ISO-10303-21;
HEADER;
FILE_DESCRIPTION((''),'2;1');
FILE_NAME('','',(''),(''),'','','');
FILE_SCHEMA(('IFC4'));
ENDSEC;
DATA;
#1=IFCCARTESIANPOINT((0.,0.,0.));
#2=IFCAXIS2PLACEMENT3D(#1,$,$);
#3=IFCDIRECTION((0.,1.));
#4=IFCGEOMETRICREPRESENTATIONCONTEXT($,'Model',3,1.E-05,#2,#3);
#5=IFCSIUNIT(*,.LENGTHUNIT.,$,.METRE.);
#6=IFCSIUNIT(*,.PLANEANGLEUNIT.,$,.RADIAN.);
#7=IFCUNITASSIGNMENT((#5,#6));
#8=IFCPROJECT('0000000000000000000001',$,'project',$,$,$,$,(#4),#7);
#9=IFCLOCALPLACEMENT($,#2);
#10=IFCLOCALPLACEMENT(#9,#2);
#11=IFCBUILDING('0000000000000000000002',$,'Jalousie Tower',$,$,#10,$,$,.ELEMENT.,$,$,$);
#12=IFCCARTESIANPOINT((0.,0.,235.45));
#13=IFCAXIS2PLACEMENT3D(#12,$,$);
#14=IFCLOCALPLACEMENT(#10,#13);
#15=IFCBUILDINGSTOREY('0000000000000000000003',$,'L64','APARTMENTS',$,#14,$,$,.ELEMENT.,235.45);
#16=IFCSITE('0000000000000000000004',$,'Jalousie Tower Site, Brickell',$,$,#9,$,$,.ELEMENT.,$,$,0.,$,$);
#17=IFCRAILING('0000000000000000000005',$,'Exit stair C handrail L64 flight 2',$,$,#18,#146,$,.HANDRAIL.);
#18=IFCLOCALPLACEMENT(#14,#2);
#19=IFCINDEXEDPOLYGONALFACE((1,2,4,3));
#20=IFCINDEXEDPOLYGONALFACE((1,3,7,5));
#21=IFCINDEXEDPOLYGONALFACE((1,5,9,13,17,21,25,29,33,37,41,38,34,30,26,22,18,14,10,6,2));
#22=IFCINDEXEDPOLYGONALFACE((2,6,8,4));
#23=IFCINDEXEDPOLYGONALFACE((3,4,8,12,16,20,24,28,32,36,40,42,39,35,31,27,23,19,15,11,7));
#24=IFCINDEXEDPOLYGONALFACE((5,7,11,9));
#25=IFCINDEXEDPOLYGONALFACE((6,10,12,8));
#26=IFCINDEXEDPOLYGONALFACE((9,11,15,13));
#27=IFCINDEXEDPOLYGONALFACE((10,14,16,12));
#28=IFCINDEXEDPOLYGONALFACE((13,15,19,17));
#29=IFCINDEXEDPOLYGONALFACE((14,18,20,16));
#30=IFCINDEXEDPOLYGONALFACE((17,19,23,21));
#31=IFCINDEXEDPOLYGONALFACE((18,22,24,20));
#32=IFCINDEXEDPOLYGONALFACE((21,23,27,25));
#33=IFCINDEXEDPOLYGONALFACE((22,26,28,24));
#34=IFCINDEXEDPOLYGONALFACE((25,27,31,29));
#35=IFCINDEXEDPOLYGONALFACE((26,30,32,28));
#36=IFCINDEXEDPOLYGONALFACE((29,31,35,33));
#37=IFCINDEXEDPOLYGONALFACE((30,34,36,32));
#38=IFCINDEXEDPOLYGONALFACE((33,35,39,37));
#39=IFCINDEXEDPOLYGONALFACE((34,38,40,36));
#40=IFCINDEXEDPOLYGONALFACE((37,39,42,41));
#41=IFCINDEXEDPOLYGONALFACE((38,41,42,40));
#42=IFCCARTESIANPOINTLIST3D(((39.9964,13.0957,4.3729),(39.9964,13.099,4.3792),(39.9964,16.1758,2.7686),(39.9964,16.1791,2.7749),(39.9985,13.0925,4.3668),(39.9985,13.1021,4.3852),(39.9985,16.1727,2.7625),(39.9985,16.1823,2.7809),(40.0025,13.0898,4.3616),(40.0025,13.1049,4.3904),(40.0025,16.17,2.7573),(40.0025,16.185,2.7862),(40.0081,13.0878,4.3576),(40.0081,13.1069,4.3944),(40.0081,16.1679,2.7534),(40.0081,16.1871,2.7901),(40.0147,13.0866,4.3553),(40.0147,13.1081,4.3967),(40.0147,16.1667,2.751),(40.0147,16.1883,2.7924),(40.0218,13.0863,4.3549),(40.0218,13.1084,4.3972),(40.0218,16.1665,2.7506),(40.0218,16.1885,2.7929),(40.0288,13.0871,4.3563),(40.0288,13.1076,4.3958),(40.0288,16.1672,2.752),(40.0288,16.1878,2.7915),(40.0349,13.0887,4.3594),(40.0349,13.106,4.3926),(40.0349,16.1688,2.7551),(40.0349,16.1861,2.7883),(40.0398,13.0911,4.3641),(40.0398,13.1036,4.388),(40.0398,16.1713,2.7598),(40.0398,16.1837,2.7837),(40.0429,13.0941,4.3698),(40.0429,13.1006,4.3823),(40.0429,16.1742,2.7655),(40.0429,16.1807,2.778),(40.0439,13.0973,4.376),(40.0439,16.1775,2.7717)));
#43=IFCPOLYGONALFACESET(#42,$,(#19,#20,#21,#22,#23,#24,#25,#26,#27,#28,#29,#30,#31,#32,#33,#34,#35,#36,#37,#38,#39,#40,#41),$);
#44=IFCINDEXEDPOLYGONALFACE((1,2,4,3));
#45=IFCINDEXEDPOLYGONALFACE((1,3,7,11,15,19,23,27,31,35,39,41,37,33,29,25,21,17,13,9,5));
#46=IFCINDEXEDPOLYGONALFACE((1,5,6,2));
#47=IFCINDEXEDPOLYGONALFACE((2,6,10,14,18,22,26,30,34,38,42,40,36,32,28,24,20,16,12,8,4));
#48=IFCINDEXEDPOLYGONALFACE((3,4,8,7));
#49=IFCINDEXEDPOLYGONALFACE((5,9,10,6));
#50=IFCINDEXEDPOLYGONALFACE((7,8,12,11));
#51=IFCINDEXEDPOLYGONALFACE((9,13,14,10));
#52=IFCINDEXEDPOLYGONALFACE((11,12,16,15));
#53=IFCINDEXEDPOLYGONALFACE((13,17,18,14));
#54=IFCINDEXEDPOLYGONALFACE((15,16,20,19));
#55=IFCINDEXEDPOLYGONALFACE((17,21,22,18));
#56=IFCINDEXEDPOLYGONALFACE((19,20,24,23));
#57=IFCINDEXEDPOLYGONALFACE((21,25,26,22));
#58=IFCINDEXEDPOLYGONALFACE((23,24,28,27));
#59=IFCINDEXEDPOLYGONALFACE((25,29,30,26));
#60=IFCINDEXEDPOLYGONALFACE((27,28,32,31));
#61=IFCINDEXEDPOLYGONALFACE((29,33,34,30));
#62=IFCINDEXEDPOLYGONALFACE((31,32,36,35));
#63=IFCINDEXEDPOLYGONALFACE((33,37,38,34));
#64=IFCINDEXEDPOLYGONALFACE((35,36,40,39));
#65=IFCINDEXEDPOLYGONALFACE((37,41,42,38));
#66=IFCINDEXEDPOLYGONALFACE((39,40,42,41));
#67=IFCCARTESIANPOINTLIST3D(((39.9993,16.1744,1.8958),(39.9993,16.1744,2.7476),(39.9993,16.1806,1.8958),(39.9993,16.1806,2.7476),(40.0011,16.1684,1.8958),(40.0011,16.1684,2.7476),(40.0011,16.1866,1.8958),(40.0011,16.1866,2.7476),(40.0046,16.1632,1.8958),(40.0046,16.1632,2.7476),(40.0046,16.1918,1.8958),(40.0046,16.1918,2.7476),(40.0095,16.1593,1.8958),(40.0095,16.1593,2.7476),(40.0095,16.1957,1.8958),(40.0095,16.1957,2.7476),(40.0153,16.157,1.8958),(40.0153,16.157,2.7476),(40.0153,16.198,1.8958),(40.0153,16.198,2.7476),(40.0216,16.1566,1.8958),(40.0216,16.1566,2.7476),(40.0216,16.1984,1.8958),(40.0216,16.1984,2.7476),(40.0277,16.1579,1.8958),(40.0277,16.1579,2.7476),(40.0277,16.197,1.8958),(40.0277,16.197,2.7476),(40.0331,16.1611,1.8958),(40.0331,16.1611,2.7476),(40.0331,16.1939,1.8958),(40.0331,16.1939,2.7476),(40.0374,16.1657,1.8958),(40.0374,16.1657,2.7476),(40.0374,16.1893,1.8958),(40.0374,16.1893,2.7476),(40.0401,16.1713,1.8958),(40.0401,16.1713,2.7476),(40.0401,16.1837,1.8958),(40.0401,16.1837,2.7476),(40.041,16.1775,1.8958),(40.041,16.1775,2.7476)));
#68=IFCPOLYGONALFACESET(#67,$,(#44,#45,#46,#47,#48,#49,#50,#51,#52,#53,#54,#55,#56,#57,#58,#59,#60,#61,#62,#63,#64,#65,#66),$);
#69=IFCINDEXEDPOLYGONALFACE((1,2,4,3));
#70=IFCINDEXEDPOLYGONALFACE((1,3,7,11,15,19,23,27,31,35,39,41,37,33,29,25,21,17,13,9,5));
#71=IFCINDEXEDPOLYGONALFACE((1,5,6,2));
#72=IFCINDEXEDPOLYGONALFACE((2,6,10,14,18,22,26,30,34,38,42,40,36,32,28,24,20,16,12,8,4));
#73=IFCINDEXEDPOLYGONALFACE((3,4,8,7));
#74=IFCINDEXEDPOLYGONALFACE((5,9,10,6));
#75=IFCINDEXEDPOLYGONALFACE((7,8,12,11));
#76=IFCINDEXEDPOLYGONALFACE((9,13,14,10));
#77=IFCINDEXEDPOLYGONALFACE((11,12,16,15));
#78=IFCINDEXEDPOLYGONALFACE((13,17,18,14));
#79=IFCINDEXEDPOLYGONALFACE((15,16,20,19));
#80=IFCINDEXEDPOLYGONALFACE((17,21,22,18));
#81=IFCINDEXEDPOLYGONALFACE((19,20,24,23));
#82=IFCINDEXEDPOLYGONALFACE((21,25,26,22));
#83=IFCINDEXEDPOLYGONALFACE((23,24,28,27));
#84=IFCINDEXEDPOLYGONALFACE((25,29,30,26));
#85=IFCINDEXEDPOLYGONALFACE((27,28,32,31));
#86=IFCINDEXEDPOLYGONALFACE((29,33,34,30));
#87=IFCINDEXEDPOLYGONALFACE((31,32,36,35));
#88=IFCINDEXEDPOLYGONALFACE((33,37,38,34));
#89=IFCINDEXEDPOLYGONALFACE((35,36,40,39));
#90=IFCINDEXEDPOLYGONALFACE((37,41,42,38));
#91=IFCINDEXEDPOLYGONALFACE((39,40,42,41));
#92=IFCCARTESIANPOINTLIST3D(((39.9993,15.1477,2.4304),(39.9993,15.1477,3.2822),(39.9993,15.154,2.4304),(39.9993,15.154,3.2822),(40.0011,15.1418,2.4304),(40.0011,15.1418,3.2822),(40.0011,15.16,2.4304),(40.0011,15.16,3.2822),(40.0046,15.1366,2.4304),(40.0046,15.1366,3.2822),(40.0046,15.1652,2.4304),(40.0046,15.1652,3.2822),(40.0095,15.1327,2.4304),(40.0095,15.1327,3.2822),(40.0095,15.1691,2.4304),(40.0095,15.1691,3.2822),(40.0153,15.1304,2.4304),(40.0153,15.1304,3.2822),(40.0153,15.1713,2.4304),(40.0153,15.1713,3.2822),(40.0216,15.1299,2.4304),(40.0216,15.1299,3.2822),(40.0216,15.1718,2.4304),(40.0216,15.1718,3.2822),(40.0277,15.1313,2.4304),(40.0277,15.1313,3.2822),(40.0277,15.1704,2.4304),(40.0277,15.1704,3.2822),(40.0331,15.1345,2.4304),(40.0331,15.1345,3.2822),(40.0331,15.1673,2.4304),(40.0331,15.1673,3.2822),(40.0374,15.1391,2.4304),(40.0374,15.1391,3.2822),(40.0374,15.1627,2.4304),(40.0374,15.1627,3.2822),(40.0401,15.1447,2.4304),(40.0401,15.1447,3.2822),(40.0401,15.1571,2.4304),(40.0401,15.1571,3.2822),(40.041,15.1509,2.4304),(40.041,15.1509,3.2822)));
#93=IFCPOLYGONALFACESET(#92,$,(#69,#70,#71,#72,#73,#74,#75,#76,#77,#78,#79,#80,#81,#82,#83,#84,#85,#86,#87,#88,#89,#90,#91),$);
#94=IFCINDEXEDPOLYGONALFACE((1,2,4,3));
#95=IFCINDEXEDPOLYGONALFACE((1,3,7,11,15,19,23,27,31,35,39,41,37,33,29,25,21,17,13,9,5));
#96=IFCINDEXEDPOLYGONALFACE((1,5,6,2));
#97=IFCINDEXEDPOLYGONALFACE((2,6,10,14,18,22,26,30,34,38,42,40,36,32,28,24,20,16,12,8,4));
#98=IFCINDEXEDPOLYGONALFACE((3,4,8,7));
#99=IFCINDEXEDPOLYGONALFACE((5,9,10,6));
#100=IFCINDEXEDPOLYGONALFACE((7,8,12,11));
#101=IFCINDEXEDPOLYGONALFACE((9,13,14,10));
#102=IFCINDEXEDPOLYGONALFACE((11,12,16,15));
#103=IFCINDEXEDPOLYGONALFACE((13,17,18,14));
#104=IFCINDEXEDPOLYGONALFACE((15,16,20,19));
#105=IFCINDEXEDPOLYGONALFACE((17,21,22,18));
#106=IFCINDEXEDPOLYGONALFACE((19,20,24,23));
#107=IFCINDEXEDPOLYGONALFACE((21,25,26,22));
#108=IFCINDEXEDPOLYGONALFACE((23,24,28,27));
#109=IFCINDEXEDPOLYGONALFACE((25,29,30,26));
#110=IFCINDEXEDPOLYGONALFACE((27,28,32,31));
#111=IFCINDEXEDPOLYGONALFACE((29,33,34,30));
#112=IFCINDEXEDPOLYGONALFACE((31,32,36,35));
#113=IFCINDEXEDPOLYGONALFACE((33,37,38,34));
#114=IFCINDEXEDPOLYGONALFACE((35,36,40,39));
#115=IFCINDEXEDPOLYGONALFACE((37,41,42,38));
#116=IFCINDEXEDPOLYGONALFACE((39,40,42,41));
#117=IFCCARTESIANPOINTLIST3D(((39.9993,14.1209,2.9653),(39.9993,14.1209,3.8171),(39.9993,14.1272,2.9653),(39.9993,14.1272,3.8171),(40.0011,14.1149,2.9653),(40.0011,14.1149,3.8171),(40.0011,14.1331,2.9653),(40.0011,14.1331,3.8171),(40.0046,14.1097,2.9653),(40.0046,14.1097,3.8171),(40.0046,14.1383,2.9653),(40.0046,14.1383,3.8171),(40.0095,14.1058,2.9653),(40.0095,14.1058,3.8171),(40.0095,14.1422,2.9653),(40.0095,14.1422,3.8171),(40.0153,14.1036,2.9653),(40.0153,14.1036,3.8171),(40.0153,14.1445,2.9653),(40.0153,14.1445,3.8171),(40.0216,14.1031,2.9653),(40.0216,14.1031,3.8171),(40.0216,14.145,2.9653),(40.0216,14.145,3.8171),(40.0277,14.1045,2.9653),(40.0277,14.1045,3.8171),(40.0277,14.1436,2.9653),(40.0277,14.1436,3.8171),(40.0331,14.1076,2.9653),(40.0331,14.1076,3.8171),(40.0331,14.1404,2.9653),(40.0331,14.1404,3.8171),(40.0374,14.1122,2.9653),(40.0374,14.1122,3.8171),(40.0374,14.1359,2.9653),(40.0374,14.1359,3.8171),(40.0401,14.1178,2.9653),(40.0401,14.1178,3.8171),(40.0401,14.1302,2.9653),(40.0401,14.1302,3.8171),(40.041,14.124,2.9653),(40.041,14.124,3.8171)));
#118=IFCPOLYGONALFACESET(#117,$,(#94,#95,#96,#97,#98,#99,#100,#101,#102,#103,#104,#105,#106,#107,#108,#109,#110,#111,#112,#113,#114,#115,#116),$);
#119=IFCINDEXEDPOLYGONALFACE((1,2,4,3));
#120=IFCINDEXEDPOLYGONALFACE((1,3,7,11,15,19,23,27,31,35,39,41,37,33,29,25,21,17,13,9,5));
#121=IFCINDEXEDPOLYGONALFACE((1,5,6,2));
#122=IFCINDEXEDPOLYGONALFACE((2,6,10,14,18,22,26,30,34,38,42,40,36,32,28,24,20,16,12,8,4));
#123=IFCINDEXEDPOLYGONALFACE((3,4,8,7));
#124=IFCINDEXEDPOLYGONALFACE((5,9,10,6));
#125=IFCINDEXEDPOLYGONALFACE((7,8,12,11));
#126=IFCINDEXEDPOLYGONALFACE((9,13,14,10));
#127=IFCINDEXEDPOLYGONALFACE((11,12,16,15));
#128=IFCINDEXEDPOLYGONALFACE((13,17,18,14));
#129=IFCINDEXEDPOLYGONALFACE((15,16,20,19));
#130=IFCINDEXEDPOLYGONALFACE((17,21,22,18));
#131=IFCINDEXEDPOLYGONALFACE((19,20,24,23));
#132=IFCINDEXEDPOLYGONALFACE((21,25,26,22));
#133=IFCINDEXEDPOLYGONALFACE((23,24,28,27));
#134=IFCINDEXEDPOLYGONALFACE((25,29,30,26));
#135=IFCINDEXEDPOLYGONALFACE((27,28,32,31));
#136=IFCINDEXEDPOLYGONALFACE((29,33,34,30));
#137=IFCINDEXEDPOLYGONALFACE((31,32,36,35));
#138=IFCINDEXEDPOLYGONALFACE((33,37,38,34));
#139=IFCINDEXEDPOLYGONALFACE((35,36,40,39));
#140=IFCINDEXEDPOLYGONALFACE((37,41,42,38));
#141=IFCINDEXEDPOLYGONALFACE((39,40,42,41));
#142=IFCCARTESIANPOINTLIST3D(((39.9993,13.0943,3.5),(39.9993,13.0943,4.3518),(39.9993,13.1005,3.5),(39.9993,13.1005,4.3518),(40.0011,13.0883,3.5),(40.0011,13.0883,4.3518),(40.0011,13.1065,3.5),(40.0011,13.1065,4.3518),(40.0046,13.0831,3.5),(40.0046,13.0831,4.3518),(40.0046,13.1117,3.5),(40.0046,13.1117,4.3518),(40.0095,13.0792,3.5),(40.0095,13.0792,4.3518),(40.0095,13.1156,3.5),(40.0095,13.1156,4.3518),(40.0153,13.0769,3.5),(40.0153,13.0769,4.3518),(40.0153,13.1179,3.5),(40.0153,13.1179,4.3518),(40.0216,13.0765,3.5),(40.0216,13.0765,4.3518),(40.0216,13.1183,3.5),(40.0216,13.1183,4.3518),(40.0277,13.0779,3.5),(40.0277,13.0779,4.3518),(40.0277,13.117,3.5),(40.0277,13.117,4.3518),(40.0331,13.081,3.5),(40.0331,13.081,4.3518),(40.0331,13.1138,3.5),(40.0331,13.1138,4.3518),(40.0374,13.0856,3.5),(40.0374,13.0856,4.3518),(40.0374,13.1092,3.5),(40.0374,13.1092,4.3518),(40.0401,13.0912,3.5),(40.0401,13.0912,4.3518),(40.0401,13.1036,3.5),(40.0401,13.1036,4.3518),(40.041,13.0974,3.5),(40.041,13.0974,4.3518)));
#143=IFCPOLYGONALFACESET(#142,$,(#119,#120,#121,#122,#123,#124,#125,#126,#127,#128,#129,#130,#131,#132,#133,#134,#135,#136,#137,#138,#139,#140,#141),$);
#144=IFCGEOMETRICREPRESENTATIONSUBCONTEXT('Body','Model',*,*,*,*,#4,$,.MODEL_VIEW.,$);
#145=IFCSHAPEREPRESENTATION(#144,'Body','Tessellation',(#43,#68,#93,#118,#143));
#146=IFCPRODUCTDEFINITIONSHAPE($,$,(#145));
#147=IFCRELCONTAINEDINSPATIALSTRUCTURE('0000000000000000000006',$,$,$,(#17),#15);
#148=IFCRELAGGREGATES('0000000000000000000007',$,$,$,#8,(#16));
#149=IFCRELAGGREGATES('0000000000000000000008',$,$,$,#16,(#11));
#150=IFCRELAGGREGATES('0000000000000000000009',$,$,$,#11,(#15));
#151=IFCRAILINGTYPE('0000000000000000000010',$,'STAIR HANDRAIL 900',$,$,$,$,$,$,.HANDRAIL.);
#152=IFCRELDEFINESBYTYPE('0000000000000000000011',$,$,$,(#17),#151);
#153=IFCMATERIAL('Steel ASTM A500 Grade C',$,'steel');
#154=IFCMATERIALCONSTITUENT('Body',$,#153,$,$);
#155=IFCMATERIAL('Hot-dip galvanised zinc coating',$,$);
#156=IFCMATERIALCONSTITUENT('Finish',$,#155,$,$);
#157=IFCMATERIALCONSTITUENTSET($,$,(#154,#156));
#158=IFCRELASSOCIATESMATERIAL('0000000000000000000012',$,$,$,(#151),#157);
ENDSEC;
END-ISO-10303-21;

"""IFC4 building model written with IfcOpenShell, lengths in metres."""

from ifc_helpers import new_model, si_unit, direction, frame, origin, origin_2d, place, context, subcontext, project, spatial, circle, extrude, material, constituent, constituent_set, type_object, element, save


model = new_model("IFC4")

# Units and contexts
model_context = context("Model", 3, precision=1e-05, world=origin(), true_north=direction((0.0, 1.0)))
body_context = subcontext(model_context, "Body", "Model", "MODEL_VIEW")
ifc_project = project(units=[si_unit("LENGTHUNIT", "METRE"), si_unit("PLANEANGLEUNIT", "RADIAN")], contexts=[model_context])

# Site, building, storey
site_placement = place(None, origin())
site = spatial("IfcSite", under=ifc_project, at=site_placement, Name="Jalousie Tower Site, Brickell", CompositionType="ELEMENT", RefElevation=0.0)
building_placement = place(site_placement, origin())
building = spatial("IfcBuilding", under=site, at=building_placement, Name="Jalousie Tower", CompositionType="ELEMENT")
storey_placement = place(building_placement, frame((0.0, 0.0, 235.45)))
storey = spatial("IfcBuildingStorey", under=building, at=storey_placement, Name="L64", Description="APARTMENTS", CompositionType="ELEMENT", Elevation=235.45)

# Railing
ifc_material_1 = material(Name="Steel ASTM A500 Grade C", Category="steel")
ifc_constituent_1 = constituent(ifc_material_1, Name="Body")
ifc_material_2 = material(Name="Hot-dip galvanised zinc coating")
ifc_constituent_2 = constituent(ifc_material_2, Name="Finish")
ifc_constituent_set_1 = constituent_set(constituents=[ifc_constituent_1, ifc_constituent_2])
railing_type_1 = type_object("IfcRailingType", Name="STAIR HANDRAIL 900", PredefinedType="HANDRAIL", material=ifc_constituent_set_1)
railing_1_placement = place(storey_placement, frame((40.02, 16.1775, 1.8958)))
element("IfcRailing", 1, at=railing_1_placement, inside=storey, type_object=railing_type_1, Name="Exit stair C handrail L64 flight 2", PredefinedType="HANDRAIL", context=body_context, shape_type="SweptSolid", body=[
    extrude(circle(Radius=0.0239, at=origin_2d()), frame((0.0, 0.0, 0.876), z_axis=(0.0, -0.886909, 0.461944), x_axis=(1.0, 0.0, 0.0)), (0.0, 0.0, 1.0), 3.4729),
    extrude(circle(Radius=0.021, at=origin_2d()), origin(), (0.0, 0.0, 1.0), 0.8518),
    extrude(circle(Radius=0.021, at=origin_2d()), frame((0.0, -1.0266, 0.5347)), (0.0, 0.0, 1.0), 0.8518),
    extrude(circle(Radius=0.021, at=origin_2d()), frame((0.0, -2.0535, 1.0696)), (0.0, 0.0, 1.0), 0.8518),
    extrude(circle(Radius=0.021, at=origin_2d()), frame((0.0, -3.0801, 1.6042)), (0.0, 0.0, 1.0), 0.8518),
])

save(model, "model.ifc")
